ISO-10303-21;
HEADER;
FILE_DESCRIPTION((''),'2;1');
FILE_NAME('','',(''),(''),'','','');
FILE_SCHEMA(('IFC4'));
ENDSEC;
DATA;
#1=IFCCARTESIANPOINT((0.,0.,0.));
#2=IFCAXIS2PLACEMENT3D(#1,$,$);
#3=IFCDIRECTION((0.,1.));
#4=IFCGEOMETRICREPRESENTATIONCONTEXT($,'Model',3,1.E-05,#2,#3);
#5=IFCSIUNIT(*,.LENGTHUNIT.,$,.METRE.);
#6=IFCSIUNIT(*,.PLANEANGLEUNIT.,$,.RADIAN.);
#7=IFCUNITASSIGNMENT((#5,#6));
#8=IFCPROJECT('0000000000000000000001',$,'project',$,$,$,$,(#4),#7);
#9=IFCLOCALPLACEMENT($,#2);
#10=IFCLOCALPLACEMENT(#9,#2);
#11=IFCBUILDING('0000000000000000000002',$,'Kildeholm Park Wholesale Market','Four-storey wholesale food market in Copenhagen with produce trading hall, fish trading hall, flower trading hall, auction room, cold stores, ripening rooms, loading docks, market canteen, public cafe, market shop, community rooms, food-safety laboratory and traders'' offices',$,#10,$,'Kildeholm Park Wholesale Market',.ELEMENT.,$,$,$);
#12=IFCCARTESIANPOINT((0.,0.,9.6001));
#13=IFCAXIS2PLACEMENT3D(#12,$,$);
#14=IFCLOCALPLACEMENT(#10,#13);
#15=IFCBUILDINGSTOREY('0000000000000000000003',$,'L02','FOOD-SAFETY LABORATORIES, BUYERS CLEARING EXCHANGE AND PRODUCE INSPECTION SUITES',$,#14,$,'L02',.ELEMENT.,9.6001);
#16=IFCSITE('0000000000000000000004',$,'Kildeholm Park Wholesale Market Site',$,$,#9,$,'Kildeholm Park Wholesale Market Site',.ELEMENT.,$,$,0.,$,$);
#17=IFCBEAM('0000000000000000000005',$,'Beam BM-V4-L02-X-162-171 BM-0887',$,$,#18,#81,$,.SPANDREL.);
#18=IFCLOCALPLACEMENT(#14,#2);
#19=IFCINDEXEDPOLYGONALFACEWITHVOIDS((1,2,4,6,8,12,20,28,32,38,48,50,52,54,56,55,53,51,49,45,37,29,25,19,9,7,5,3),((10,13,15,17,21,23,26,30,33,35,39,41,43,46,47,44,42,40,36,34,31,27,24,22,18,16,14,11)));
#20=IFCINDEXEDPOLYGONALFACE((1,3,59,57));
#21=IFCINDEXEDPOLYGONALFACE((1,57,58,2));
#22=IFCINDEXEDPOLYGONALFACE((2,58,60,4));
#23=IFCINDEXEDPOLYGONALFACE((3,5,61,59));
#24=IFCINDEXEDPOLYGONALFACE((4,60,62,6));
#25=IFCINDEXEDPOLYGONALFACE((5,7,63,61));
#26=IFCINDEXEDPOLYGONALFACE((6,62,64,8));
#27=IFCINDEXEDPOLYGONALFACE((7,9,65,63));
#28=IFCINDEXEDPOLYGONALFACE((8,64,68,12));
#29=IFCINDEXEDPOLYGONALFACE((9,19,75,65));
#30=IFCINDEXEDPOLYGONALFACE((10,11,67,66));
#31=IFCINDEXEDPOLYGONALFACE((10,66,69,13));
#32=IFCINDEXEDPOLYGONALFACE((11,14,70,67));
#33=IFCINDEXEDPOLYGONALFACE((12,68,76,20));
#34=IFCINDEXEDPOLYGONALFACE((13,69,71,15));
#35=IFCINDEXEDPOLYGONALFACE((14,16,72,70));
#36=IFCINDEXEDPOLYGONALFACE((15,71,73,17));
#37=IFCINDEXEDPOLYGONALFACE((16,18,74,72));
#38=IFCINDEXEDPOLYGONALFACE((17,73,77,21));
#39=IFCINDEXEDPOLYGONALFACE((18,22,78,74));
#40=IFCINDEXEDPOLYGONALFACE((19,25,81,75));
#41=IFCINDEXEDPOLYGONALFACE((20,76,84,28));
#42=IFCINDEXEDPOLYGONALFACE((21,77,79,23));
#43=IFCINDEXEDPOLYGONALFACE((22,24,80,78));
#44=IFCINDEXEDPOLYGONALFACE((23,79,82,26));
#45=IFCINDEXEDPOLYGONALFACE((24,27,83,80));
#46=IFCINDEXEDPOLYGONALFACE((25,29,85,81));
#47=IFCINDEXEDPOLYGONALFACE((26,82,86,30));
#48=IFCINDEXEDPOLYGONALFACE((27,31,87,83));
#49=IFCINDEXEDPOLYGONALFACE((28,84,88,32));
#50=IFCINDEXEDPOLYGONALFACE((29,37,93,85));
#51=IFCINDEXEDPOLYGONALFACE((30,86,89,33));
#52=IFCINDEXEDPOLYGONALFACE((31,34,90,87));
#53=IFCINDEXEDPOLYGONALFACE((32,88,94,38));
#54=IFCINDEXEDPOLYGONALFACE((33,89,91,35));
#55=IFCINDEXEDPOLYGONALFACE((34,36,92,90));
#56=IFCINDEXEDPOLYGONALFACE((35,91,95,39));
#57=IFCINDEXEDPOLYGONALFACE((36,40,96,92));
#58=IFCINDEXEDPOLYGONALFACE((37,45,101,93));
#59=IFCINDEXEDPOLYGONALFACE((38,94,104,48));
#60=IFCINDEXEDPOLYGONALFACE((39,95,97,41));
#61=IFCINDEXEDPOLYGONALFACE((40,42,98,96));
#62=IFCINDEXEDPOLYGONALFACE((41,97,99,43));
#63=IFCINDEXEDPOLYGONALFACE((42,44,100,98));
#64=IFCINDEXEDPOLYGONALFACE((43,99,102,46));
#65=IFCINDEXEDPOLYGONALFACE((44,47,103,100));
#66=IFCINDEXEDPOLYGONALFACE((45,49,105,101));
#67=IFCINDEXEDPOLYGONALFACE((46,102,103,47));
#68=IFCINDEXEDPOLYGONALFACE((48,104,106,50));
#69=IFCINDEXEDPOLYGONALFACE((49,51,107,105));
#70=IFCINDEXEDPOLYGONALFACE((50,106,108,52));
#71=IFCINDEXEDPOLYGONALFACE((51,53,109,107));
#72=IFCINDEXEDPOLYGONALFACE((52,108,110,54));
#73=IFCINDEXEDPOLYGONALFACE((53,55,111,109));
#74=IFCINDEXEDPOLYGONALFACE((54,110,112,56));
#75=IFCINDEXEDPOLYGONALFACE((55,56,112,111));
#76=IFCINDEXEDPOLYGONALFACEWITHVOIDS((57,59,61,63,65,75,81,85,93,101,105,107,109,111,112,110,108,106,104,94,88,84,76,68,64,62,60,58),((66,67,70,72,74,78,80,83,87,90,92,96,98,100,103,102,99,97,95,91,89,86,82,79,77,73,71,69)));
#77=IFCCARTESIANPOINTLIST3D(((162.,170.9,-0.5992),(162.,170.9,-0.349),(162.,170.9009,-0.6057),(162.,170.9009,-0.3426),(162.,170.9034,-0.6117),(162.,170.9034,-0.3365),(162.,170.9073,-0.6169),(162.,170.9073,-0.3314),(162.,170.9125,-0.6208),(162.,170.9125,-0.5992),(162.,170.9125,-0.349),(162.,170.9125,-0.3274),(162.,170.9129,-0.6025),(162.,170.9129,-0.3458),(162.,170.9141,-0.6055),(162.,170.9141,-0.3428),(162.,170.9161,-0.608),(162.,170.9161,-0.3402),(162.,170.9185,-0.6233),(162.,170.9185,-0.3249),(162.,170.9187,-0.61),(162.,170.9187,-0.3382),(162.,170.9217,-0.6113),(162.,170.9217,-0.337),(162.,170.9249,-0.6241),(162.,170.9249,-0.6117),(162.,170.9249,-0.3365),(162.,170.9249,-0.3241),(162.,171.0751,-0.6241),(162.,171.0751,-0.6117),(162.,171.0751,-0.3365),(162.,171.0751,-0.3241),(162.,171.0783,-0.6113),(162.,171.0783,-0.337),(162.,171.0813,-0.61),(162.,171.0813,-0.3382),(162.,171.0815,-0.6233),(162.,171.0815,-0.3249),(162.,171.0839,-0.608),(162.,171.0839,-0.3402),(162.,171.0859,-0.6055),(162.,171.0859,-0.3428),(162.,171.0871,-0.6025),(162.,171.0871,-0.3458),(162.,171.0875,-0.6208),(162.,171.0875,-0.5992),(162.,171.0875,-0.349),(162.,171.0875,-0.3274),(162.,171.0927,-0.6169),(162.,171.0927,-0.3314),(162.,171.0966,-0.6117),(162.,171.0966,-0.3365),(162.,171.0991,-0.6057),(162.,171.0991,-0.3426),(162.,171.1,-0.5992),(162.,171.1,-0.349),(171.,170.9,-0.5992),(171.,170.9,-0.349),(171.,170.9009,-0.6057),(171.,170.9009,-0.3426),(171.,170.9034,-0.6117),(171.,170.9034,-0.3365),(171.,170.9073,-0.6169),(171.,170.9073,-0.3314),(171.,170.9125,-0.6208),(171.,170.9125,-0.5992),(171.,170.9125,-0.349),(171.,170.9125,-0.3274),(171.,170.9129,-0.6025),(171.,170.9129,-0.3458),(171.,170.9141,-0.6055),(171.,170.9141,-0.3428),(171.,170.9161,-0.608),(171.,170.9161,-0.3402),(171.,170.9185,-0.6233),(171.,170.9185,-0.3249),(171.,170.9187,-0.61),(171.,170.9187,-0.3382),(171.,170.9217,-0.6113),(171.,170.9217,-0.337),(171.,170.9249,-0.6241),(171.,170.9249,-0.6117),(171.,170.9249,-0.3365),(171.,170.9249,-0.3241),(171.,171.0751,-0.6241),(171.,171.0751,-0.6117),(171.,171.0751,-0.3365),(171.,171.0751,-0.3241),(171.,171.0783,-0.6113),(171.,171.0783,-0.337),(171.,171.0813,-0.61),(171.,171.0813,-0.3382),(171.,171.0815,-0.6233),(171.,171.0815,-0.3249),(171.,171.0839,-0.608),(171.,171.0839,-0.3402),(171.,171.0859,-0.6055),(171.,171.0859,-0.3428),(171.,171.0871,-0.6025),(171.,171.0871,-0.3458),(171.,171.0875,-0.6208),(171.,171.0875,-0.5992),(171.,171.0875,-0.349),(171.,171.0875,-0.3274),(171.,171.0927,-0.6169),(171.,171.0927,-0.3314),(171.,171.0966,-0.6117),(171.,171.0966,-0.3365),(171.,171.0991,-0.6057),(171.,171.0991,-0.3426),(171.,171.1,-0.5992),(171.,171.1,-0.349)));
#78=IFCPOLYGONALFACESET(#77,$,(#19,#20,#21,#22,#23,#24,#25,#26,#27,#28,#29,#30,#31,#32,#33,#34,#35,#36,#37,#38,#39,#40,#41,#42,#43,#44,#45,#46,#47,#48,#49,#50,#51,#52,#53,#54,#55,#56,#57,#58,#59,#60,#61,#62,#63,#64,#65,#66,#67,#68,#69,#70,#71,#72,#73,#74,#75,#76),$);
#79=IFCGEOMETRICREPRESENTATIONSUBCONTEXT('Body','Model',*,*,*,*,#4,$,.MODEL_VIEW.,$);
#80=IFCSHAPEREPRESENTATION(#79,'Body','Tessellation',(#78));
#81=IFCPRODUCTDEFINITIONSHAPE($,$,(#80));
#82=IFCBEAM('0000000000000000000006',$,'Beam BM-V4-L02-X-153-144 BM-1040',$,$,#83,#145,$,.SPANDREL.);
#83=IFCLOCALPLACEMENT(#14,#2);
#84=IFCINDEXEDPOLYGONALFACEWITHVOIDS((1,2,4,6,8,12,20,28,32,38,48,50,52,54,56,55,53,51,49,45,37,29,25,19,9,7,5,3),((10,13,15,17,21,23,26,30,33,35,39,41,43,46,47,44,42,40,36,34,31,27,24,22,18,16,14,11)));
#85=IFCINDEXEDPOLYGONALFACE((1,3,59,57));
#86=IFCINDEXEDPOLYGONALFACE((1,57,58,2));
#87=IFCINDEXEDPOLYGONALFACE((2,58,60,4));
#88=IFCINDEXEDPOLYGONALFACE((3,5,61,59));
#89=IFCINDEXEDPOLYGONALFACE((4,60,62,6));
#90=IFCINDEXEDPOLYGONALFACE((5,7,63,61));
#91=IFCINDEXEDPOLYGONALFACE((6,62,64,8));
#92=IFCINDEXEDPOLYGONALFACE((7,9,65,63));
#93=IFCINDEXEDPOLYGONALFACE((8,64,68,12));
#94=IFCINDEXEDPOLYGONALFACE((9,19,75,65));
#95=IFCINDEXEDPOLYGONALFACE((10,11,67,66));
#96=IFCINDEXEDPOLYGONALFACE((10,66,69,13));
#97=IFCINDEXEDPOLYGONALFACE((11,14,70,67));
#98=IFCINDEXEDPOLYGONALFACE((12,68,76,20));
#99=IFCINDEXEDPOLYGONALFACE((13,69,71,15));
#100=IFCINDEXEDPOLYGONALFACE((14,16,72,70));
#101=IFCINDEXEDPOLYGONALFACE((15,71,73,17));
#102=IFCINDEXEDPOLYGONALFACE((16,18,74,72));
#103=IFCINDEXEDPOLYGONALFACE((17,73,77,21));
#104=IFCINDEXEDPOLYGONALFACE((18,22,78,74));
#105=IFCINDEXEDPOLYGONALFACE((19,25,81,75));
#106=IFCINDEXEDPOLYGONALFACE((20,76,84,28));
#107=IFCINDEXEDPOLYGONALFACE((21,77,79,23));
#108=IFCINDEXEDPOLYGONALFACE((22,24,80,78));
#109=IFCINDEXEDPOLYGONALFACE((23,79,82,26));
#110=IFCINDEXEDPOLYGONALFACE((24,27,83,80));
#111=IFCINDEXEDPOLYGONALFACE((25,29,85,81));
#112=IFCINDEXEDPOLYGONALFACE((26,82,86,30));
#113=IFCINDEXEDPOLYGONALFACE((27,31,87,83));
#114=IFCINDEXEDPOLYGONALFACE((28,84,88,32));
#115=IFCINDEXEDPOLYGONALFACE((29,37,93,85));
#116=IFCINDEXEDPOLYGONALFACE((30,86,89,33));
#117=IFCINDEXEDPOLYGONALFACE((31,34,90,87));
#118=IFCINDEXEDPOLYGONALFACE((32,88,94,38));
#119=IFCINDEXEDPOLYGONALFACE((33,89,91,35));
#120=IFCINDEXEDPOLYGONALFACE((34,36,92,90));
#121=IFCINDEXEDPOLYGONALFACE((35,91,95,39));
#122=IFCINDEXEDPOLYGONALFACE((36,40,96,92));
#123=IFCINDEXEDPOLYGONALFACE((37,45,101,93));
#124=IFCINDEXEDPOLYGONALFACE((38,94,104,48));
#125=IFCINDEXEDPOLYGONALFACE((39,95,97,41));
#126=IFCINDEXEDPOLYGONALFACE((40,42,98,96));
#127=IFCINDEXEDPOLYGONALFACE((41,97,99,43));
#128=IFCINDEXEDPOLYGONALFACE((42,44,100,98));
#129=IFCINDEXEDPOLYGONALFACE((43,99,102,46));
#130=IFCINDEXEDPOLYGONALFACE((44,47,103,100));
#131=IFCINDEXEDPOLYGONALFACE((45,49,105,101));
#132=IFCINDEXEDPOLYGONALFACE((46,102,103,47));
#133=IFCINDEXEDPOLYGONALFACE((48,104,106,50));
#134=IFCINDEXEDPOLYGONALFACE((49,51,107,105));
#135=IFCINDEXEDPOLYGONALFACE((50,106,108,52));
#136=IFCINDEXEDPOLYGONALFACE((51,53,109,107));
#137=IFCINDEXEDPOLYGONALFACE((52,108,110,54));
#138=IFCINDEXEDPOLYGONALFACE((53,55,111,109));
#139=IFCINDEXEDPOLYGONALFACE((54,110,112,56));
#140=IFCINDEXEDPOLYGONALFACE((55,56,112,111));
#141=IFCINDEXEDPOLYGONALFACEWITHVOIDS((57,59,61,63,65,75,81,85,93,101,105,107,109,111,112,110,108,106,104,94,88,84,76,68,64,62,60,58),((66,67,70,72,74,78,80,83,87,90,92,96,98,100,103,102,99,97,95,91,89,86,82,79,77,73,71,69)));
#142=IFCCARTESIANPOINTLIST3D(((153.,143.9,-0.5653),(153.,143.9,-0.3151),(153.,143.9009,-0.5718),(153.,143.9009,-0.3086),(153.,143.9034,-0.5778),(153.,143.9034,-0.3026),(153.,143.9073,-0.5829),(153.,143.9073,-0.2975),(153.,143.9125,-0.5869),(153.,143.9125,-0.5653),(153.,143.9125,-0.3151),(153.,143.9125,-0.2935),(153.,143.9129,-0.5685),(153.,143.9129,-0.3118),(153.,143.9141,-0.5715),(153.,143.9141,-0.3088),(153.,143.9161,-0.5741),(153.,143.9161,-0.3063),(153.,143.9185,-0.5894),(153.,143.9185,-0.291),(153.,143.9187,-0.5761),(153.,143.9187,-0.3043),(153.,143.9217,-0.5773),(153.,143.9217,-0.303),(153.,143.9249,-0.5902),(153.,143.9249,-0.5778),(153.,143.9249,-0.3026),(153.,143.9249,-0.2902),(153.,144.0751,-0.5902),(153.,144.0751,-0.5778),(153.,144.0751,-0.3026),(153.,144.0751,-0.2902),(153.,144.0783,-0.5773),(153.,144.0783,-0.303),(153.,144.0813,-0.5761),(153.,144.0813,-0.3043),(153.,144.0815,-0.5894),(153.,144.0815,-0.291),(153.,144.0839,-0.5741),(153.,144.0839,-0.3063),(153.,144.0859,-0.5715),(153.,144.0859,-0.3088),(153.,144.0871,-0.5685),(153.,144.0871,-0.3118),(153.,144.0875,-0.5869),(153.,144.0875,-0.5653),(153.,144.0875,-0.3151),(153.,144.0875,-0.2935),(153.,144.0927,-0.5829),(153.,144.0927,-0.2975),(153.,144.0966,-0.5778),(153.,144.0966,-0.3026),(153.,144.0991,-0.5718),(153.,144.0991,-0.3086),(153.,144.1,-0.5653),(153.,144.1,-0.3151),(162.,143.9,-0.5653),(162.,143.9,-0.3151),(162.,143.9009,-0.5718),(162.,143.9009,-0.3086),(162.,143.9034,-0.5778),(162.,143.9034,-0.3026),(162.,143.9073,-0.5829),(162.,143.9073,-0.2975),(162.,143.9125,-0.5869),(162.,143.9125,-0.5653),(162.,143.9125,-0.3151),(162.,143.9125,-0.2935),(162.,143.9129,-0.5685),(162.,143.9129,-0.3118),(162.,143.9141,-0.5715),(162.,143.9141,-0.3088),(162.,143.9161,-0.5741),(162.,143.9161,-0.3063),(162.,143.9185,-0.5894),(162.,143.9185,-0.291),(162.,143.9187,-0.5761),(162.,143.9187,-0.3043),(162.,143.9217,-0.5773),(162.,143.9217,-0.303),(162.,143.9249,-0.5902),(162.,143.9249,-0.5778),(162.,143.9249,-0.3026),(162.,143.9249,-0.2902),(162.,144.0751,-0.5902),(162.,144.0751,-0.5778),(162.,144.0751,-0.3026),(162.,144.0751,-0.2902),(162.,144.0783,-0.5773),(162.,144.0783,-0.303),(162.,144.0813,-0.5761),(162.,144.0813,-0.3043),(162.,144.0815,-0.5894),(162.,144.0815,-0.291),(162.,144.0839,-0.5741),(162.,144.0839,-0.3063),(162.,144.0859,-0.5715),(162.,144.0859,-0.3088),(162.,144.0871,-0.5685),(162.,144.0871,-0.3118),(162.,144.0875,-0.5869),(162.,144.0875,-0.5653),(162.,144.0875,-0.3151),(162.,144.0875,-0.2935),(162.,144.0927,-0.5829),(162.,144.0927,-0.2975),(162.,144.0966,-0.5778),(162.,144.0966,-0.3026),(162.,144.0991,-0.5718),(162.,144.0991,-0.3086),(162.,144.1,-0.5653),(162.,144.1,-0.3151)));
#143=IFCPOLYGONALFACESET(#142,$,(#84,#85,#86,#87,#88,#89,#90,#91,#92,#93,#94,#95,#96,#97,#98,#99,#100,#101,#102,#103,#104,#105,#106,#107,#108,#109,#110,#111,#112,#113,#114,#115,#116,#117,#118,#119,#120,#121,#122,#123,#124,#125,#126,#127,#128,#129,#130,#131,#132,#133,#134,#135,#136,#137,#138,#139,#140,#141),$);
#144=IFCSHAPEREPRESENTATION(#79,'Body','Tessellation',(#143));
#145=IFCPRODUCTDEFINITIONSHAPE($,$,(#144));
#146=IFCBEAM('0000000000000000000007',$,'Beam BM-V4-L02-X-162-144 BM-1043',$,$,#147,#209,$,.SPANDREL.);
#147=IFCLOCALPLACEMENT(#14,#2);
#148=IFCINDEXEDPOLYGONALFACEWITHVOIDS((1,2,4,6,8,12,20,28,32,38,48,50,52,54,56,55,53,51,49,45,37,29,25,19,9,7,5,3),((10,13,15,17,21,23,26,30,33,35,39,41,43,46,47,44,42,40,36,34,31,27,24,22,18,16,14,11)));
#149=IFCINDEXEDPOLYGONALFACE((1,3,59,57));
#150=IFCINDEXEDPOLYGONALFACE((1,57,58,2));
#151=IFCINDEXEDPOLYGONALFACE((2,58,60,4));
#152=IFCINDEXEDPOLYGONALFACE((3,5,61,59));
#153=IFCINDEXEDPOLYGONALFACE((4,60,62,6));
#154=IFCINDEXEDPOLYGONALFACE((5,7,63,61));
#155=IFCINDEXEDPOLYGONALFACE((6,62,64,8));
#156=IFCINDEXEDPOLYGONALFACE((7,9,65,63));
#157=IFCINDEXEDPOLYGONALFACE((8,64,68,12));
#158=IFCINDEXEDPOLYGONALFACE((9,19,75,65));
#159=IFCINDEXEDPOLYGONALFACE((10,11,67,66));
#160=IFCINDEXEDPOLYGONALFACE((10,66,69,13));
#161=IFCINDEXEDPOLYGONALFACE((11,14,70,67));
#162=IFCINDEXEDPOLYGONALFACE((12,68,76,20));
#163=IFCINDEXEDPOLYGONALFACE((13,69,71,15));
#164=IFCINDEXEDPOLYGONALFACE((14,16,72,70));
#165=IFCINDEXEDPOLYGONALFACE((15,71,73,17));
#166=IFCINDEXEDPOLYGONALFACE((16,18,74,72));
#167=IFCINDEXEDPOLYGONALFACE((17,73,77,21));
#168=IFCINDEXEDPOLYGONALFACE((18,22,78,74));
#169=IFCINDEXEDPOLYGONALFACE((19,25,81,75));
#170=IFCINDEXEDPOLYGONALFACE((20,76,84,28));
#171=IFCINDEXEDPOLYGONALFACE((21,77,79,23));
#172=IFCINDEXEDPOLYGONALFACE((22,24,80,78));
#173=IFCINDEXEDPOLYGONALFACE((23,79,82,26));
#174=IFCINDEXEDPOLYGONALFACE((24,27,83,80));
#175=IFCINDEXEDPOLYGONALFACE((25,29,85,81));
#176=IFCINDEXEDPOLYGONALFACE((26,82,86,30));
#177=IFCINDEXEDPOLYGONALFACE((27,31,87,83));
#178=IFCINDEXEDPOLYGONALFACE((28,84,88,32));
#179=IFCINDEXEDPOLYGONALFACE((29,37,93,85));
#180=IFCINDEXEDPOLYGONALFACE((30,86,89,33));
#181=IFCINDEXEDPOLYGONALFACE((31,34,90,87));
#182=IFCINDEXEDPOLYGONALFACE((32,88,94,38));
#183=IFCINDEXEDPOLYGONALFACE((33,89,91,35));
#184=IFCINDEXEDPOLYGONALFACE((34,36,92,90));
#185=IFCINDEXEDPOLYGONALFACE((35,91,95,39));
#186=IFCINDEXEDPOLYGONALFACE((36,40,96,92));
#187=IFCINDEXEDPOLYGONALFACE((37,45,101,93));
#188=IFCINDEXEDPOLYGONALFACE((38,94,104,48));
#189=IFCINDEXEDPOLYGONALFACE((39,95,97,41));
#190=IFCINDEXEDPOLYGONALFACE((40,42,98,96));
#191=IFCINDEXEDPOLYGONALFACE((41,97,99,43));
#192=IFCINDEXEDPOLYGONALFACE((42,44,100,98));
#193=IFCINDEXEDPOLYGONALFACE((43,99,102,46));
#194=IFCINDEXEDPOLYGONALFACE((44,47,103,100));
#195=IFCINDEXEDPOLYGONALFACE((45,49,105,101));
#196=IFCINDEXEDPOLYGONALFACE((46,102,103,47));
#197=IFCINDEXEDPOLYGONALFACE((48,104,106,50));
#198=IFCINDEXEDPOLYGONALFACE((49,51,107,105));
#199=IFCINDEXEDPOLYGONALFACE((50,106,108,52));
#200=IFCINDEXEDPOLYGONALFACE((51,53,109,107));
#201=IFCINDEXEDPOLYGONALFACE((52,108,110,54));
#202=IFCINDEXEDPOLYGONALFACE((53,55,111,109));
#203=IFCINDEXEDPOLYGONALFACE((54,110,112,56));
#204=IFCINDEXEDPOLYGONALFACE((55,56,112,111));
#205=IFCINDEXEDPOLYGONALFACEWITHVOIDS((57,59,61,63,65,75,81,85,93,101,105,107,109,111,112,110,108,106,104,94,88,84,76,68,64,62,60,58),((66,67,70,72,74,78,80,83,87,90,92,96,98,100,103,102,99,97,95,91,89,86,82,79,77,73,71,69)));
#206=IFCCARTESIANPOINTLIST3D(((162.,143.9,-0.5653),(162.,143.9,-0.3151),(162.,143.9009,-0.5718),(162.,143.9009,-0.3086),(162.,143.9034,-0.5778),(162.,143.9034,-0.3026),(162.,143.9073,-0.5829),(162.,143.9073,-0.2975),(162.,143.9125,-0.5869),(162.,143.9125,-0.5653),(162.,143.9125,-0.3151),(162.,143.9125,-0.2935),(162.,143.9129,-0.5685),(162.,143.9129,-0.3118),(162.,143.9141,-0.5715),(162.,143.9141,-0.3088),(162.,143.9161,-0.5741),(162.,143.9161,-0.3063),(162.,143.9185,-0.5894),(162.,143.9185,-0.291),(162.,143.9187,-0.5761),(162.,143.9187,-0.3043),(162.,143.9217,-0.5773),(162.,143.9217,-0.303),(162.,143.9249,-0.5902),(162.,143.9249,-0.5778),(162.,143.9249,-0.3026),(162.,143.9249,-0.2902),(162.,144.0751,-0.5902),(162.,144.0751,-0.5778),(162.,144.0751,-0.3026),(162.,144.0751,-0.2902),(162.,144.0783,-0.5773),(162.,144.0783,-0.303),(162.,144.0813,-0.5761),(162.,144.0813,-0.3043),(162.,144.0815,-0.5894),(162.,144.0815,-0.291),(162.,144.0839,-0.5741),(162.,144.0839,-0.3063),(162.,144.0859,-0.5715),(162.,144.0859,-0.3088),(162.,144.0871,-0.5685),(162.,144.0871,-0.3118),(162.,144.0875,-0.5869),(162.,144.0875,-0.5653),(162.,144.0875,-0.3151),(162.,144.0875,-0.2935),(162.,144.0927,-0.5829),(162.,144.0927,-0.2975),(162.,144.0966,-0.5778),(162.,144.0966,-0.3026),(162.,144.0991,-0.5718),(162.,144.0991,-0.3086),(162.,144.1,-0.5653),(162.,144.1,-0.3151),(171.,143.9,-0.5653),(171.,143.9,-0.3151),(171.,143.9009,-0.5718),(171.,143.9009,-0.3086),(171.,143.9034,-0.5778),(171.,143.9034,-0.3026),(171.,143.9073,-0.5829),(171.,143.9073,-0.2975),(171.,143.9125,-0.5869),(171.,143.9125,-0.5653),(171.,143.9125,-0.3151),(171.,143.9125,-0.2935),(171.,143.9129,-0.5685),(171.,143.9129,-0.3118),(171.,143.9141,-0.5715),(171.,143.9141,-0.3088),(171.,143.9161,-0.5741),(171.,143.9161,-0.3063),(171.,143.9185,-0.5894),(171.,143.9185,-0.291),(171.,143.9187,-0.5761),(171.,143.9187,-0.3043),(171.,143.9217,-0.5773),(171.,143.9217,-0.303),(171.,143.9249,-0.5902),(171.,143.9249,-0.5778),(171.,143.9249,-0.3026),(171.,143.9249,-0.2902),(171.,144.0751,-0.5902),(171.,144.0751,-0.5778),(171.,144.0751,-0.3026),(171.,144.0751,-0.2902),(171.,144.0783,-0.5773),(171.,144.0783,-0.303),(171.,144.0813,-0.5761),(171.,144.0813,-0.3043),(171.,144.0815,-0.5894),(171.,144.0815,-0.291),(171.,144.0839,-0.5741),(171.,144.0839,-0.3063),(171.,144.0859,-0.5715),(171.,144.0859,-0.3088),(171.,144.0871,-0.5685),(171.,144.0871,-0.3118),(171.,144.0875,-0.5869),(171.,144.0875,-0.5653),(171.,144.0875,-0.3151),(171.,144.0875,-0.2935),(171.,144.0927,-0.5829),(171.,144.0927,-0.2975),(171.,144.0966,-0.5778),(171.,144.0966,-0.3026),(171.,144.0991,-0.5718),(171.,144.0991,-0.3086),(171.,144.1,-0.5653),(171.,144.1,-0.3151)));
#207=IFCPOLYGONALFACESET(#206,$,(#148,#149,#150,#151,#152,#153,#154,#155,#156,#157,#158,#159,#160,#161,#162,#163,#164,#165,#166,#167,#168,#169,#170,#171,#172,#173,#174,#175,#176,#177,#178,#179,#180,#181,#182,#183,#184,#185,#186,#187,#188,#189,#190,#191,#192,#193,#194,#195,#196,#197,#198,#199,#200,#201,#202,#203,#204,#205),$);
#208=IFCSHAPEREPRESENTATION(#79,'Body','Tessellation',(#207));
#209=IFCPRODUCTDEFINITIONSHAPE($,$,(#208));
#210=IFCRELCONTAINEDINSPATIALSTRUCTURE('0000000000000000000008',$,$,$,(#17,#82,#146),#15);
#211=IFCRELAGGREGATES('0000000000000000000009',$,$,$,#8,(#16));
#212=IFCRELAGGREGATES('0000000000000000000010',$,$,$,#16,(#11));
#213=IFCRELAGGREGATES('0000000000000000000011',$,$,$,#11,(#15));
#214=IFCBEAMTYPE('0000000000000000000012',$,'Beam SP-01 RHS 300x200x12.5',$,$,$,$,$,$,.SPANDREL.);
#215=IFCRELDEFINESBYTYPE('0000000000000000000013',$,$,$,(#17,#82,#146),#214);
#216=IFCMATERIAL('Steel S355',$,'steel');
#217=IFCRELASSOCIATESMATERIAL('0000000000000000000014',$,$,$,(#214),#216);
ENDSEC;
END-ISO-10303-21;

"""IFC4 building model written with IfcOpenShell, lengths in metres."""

from ifc_helpers import new_model, si_unit, direction, frame, origin, origin_2d, place, context, subcontext, project, spatial, hollow_rectangle, extrude, material, material_profile, profile_set, type_object, element, save


model = new_model("IFC4")

# Units and contexts
model_context = context("Model", 3, precision=1e-05, world=origin(), true_north=direction((0.0, 1.0)))
body_context = subcontext(model_context, "Body", "Model", "MODEL_VIEW")
ifc_project = project(units=[si_unit("LENGTHUNIT", "METRE"), si_unit("PLANEANGLEUNIT", "RADIAN")], contexts=[model_context])

# Site, building, storey
site_placement = place(None, origin())
site = spatial("IfcSite", under=ifc_project, at=site_placement, Name="Kildeholm Park Wholesale Market Site", LongName="Kildeholm Park Wholesale Market Site", CompositionType="ELEMENT", RefElevation=0.0)
building_placement = place(site_placement, origin())
building = spatial("IfcBuilding", under=site, at=building_placement, Name="Kildeholm Park Wholesale Market", Description="Four-storey wholesale food market in Copenhagen with produce trading hall, fish trading hall, flower trading hall, auction room, cold stores, ripening rooms, loading docks, market canteen, public cafe, market shop, community rooms, food-safety laboratory and traders' offices", LongName="Kildeholm Park Wholesale Market", CompositionType="ELEMENT")
storey_placement = place(building_placement, frame((0.0, 0.0, 9.6001)))
storey = spatial("IfcBuildingStorey", under=building, at=storey_placement, Name="L02", Description="FOOD-SAFETY LABORATORIES, BUYERS CLEARING EXCHANGE AND PRODUCE INSPECTION SUITES", LongName="L02", CompositionType="ELEMENT", Elevation=9.6001)

# Beams
ifc_material_1 = material(Name="Steel S355", Category="steel")
ifc_material_profile_1 = material_profile(ifc_material_1, hollow_rectangle(XDim=0.2, YDim=0.3, WallThickness=0.0125, InnerFilletRadius=0.0125, OuterFilletRadius=0.0249, at=origin_2d()), Name="RHS 300x200x12.5")
ifc_profile_set_1 = profile_set([ifc_material_profile_1], Name="Steel S355")
beam_type_1 = type_object("IfcBeamType", Name="Beam SP-01 RHS 300x200x12.5", PredefinedType="SPANDREL", material=ifc_profile_set_1)
for number, where, z_axis, x_axis, name in (
    (1, (162.0, 171.0, -0.4741), (1.0, 0.0, 0.0), (0.0, 1.0, 0.0), "Beam BM-V4-L02-X-162-171 BM-0887"),
    (2, (153.0, 144.0, -0.4402), (1.0, 0.0, 0.0), (0.0, 1.0, 0.0), "Beam BM-V4-L02-X-153-144 BM-1040"),
    (3, (162.0, 144.0, -0.4402), (1.0, 0.0, 0.0), (0.0, 1.0, 0.0), "Beam BM-V4-L02-X-162-144 BM-1043"),
):
    element("IfcBeam", number, at=place(storey_placement, frame(where, z_axis=z_axis, x_axis=x_axis)), inside=storey, type_object=beam_type_1, Name=name, PredefinedType="SPANDREL", context=body_context, shape_type="SweptSolid", body=[
        extrude(hollow_rectangle(XDim=0.2, YDim=0.3, WallThickness=0.0125, InnerFilletRadius=0.0125, OuterFilletRadius=0.0249, at=origin_2d()), origin(), (0.0, 0.0, 1.0), 9.0),
    ])

save(model, "model.ifc")
